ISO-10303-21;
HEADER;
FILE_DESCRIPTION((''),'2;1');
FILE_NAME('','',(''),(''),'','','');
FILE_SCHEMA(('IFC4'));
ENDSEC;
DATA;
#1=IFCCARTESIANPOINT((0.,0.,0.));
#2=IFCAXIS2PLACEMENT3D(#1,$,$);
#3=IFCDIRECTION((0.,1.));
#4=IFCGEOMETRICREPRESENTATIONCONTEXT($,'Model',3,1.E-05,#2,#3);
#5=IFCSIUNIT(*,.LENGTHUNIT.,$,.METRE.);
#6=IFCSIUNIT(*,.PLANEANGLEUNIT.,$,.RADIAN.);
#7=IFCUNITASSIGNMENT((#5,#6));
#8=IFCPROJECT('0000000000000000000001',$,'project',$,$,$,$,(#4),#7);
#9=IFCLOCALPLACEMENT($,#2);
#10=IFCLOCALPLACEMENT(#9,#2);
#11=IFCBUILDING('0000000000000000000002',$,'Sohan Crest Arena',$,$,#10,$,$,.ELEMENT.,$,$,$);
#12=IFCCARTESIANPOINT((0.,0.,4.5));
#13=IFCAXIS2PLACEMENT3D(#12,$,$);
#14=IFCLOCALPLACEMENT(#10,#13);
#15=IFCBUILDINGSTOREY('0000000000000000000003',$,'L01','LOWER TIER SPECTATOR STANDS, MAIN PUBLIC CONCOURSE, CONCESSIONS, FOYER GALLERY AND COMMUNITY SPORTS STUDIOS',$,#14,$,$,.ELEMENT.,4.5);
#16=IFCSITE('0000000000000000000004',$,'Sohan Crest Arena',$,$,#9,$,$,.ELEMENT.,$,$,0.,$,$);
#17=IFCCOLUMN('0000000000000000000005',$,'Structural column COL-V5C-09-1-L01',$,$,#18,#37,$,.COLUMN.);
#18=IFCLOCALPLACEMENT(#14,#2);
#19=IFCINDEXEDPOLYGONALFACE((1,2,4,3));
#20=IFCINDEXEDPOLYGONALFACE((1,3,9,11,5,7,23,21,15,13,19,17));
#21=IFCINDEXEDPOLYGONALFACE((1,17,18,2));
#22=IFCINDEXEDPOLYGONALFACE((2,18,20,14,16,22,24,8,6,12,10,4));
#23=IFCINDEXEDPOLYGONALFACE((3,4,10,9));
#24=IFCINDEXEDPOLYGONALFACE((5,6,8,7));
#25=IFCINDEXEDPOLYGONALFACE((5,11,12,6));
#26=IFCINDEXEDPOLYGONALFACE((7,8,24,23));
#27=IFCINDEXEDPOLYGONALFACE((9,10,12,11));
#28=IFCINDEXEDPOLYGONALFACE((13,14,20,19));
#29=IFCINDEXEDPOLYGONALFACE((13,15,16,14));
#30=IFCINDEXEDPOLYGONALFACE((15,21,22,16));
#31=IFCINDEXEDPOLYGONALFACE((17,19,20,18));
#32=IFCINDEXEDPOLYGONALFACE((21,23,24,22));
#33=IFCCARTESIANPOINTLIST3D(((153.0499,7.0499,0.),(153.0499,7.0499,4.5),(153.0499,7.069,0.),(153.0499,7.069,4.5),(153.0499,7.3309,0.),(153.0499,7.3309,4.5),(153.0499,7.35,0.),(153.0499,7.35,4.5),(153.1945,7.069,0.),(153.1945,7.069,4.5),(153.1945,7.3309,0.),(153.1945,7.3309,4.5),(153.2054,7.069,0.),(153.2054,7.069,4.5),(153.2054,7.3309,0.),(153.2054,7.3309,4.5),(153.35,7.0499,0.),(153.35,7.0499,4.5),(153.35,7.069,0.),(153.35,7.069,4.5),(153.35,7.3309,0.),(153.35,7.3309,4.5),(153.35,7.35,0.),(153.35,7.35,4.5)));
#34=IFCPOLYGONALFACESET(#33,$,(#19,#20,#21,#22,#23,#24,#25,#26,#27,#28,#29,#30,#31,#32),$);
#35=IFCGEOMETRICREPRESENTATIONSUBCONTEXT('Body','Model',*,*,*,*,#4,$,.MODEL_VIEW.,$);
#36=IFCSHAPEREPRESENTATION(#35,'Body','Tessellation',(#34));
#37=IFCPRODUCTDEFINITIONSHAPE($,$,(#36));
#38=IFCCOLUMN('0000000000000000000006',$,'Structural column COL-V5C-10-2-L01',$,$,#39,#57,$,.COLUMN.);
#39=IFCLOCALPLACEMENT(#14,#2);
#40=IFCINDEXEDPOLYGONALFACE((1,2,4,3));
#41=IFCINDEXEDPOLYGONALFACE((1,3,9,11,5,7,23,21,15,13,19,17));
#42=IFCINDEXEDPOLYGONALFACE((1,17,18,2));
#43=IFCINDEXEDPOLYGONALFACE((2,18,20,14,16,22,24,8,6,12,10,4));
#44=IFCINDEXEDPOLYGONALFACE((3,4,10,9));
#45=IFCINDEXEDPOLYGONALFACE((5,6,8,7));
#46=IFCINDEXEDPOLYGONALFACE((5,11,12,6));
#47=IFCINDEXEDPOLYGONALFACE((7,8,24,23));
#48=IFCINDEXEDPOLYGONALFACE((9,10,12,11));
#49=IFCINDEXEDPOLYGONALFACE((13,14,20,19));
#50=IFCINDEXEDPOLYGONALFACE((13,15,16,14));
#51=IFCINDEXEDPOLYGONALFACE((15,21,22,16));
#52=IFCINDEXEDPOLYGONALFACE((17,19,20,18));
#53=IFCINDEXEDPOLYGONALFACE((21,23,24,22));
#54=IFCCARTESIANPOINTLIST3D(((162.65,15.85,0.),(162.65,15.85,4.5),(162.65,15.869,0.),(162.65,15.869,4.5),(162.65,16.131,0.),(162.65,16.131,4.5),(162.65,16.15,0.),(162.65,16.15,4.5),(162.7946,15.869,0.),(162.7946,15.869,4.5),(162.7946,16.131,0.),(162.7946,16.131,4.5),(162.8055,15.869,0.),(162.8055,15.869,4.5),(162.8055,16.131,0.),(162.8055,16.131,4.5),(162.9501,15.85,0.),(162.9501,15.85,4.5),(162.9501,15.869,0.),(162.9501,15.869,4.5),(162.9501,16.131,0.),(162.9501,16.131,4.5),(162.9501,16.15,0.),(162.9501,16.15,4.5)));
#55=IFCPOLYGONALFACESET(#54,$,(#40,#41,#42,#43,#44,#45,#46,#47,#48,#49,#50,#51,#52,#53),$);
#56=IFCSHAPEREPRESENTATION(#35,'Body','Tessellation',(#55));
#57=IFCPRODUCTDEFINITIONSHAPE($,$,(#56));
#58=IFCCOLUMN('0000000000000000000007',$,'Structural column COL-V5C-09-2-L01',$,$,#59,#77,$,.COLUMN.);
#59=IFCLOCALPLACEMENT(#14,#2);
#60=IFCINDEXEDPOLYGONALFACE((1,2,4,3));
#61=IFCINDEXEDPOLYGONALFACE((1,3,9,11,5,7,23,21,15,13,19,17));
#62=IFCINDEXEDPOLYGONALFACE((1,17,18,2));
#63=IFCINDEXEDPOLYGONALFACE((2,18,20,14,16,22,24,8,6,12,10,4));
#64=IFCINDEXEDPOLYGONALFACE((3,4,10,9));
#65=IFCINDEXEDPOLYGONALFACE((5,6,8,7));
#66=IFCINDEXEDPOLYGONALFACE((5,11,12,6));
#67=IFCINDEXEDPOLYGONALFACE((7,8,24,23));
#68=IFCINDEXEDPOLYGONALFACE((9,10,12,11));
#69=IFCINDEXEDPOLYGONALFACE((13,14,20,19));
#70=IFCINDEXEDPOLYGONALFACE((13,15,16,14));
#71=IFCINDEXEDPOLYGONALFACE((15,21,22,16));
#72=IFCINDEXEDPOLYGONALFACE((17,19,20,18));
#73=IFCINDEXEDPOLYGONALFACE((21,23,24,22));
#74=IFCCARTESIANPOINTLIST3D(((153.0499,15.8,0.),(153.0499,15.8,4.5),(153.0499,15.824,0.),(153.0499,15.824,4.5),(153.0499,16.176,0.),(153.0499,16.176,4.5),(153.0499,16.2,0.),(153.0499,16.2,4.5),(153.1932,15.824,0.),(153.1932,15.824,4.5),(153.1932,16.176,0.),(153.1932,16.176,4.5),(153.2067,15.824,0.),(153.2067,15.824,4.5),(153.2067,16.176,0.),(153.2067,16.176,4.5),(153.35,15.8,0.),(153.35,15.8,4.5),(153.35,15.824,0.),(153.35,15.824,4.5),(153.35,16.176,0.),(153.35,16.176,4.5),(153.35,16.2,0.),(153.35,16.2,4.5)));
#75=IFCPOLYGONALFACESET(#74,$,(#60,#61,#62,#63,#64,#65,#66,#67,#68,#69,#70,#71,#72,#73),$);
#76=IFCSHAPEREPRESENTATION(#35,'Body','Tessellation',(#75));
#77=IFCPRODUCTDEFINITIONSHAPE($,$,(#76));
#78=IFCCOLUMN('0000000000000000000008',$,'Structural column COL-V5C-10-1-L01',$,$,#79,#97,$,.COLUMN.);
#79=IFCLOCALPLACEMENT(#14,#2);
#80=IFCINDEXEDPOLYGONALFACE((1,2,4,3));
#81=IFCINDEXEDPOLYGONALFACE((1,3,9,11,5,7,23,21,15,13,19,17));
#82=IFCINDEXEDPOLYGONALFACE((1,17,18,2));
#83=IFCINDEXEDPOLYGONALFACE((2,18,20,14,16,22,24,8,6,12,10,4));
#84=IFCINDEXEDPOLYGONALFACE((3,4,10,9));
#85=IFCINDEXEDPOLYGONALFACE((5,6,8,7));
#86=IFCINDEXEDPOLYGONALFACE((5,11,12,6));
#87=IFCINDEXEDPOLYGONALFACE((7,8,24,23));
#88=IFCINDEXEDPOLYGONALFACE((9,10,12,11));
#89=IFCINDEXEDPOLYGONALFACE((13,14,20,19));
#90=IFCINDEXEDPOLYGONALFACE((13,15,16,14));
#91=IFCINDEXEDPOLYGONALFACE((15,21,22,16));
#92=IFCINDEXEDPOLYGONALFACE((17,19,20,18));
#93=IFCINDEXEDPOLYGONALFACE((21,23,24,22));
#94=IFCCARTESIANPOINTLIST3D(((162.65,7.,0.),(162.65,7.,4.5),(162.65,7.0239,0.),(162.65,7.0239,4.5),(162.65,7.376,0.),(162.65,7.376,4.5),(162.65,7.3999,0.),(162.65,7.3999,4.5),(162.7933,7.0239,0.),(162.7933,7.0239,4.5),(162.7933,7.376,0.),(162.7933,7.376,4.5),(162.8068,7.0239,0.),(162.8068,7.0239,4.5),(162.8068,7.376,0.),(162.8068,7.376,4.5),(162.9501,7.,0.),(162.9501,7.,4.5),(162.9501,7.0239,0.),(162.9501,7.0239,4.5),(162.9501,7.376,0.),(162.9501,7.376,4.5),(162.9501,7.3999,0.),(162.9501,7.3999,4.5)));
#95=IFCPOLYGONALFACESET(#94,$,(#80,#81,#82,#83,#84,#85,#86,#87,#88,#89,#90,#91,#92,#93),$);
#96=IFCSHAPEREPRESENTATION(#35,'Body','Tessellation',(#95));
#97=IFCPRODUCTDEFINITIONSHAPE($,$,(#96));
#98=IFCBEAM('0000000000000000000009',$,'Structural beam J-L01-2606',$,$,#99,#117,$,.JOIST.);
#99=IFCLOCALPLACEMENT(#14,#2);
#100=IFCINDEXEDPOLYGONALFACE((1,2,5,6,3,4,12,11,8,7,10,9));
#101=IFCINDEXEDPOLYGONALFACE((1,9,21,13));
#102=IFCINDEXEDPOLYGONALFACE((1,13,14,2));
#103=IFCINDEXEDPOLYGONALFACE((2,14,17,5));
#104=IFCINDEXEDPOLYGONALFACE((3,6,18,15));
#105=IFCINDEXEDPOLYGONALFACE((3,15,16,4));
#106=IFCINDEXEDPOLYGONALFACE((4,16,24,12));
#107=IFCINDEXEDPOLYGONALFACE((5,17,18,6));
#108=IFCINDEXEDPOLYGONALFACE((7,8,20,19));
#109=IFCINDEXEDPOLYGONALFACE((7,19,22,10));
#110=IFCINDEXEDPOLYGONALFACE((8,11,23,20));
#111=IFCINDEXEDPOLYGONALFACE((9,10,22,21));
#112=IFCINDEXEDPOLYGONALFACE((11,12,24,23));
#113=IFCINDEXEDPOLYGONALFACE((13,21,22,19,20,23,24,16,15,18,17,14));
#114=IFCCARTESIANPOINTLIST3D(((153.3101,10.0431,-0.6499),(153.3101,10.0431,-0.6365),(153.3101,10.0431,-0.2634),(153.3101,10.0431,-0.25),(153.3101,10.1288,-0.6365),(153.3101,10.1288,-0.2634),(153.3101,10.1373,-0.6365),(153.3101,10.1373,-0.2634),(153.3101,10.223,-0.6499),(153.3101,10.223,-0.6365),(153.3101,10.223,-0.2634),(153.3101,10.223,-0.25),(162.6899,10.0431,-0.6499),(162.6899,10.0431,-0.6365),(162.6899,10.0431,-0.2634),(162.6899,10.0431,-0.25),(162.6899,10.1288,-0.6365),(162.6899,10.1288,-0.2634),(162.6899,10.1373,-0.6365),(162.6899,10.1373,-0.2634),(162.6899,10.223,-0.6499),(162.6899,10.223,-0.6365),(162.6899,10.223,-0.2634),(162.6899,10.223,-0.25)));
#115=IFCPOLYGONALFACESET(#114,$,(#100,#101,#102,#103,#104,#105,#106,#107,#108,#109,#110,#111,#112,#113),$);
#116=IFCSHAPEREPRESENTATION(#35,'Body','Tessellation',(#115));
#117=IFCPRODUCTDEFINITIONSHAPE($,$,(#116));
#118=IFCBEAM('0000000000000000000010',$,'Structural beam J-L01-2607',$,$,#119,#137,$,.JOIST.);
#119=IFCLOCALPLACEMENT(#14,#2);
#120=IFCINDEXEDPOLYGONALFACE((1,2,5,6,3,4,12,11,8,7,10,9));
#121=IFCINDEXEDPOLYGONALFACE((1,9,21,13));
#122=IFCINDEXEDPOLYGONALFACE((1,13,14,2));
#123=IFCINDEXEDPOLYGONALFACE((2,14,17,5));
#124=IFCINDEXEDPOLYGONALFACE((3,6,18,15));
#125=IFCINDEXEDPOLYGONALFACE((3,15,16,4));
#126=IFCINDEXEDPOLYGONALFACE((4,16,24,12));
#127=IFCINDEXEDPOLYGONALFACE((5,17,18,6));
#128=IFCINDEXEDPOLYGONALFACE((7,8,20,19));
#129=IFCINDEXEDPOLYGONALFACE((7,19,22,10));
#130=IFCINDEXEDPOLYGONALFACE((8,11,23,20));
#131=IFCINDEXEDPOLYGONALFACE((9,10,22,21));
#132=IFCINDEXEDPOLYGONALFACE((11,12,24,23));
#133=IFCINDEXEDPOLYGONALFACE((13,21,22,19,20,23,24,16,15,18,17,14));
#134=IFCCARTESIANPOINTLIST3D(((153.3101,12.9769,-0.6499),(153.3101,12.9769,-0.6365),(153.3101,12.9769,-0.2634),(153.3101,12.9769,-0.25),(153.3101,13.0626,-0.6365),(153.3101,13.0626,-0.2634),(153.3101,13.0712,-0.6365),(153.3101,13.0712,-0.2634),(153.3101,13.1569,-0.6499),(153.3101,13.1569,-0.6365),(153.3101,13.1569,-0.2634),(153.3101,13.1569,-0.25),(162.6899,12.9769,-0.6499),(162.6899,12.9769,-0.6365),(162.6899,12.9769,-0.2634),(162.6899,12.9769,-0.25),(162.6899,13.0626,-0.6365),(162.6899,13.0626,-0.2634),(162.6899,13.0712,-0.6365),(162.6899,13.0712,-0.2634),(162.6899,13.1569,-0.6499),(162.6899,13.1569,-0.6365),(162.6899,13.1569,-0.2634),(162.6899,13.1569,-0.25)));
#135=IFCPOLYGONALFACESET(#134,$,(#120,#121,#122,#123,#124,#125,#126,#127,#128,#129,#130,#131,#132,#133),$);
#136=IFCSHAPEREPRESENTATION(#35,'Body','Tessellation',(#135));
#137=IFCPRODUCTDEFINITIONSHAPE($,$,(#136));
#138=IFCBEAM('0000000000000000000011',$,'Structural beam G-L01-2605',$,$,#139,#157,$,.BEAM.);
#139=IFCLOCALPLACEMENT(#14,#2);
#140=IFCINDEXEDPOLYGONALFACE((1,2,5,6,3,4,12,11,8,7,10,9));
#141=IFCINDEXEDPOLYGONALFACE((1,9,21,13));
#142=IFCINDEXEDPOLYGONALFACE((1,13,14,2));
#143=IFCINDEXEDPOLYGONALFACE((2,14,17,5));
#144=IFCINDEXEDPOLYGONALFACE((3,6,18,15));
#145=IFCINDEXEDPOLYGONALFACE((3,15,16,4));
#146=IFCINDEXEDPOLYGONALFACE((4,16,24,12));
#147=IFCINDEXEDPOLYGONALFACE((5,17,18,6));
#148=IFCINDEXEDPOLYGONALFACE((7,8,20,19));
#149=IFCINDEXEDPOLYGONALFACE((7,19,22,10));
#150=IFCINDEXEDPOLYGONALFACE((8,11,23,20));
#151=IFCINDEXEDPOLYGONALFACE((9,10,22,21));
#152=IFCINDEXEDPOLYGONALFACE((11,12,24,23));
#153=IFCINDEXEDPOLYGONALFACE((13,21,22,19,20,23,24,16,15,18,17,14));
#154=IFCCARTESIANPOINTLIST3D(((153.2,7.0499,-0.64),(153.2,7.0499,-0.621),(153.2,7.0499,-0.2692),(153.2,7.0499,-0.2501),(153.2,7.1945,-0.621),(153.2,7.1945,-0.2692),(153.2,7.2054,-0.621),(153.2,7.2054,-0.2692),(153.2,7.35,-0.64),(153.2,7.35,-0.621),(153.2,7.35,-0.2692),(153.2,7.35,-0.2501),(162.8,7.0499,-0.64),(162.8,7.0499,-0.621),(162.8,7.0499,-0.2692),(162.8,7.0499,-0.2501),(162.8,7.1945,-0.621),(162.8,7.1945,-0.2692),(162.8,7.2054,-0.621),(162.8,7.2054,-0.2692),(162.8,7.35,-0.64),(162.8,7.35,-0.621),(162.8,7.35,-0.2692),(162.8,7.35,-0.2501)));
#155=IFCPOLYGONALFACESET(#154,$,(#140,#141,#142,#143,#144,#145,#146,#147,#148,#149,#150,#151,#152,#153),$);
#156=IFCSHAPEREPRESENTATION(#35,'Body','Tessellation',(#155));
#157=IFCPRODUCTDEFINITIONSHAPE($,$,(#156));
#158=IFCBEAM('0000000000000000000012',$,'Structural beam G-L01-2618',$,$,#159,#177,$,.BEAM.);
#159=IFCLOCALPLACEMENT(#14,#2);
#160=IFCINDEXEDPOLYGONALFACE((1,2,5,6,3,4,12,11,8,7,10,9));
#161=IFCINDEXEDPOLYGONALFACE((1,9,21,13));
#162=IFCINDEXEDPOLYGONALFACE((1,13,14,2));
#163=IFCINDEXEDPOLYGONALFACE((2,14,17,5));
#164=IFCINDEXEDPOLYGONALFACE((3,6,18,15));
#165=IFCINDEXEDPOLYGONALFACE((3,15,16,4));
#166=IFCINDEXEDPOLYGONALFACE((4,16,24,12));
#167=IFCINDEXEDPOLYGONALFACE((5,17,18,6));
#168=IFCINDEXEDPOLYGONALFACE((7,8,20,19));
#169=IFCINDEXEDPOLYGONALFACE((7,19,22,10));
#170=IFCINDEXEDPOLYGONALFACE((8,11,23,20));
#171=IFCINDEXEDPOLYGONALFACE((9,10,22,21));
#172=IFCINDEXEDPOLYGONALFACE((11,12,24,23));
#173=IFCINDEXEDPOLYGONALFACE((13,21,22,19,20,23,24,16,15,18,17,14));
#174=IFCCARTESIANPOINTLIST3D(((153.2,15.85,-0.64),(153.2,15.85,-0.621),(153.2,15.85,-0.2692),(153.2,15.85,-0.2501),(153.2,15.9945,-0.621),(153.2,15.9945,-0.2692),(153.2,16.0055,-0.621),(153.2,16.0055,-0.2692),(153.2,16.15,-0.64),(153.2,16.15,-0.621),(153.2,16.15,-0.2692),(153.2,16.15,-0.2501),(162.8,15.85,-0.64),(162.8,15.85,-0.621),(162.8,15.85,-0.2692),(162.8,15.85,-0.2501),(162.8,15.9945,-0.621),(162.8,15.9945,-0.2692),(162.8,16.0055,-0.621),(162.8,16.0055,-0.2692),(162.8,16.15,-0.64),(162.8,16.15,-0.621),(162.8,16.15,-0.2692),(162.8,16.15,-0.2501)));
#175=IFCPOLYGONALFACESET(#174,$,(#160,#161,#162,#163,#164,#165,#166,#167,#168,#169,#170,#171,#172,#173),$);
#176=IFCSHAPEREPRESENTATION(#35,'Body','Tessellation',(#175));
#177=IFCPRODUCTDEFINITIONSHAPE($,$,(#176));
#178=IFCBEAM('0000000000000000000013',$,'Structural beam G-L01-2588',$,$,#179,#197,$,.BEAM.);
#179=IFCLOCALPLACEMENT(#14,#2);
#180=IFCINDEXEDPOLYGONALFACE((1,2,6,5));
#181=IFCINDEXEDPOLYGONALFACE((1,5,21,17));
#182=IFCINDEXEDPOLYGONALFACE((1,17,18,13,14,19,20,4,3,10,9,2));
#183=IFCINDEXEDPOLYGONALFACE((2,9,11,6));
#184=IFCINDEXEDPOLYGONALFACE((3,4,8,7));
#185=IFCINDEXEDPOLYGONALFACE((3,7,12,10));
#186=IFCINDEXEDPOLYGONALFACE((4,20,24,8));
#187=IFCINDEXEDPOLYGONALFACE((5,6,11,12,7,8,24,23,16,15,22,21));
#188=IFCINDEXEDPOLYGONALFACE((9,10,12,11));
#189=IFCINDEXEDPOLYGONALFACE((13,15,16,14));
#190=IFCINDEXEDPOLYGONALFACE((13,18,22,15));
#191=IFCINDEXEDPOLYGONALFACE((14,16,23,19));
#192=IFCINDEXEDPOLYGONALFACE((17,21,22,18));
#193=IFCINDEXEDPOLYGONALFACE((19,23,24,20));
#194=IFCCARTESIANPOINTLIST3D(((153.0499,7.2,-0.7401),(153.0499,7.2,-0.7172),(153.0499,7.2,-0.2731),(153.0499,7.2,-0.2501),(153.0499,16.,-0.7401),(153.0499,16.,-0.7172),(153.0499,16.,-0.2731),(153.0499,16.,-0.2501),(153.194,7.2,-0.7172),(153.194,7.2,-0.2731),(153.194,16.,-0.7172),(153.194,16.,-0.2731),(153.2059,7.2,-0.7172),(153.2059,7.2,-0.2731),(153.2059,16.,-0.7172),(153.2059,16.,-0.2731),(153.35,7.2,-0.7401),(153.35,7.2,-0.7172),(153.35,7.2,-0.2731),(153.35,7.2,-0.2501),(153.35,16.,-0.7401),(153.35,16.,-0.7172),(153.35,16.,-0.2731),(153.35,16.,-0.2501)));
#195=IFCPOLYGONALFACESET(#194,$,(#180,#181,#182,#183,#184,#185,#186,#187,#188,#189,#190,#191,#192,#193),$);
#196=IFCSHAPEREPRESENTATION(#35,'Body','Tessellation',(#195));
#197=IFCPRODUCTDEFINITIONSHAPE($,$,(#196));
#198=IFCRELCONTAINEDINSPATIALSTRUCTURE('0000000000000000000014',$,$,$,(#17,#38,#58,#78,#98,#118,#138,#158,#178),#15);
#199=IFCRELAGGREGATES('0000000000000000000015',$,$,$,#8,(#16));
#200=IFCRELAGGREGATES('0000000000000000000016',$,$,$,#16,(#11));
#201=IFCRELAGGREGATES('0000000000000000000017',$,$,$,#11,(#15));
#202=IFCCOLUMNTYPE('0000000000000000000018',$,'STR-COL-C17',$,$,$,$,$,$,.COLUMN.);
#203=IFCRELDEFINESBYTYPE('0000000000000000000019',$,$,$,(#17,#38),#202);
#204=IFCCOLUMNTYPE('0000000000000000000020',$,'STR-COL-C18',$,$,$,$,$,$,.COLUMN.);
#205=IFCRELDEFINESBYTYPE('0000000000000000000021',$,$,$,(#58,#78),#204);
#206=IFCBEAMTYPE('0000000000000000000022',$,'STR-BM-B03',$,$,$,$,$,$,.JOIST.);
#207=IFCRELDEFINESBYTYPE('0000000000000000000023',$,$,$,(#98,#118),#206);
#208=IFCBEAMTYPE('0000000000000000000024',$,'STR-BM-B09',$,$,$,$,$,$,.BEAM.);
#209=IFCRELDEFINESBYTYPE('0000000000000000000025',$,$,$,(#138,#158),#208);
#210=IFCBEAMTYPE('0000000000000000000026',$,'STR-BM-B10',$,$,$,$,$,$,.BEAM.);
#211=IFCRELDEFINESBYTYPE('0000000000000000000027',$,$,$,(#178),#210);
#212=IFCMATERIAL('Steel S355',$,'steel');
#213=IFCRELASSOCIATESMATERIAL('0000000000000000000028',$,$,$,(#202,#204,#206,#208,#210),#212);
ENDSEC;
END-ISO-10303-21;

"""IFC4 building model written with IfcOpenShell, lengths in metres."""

from ifc_helpers import new_model, si_unit, direction, frame, origin, origin_2d, place, context, subcontext, project, spatial, i_section, extrude, material, material_profile, profile_set, type_object, element, save


model = new_model("IFC4")

# Units and contexts
model_context = context("Model", 3, precision=1e-05, world=origin(), true_north=direction((0.0, 1.0)))
body_context = subcontext(model_context, "Body", "Model", "MODEL_VIEW")
ifc_project = project(units=[si_unit("LENGTHUNIT", "METRE"), si_unit("PLANEANGLEUNIT", "RADIAN")], contexts=[model_context])

# Site, building, storey
site_placement = place(None, origin())
site = spatial("IfcSite", under=ifc_project, at=site_placement, Name="Sohan Crest Arena", CompositionType="ELEMENT", RefElevation=0.0)
building_placement = place(site_placement, origin())
building = spatial("IfcBuilding", under=site, at=building_placement, Name="Sohan Crest Arena", CompositionType="ELEMENT")
storey_placement = place(building_placement, frame((0.0, 0.0, 4.5)))
storey = spatial("IfcBuildingStorey", under=building, at=storey_placement, Name="L01", Description="LOWER TIER SPECTATOR STANDS, MAIN PUBLIC CONCOURSE, CONCESSIONS, FOYER GALLERY AND COMMUNITY SPORTS STUDIOS", CompositionType="ELEMENT", Elevation=4.5)

# Columns
ifc_material_1 = material(Name="Steel S355", Category="steel")
ifc_material_profile_1 = material_profile(ifc_material_1, i_section(OverallWidth=0.3, OverallDepth=0.3, WebThickness=0.011, FlangeThickness=0.019, at=origin_2d()), Name="HEB 300")
ifc_profile_set_1 = profile_set([ifc_material_profile_1], Name="Steel S355")
column_type_1 = type_object("IfcColumnType", Name="STR-COL-C17", PredefinedType="COLUMN", material=ifc_profile_set_1)
for number, where, z_axis, x_axis, name in (
    (1, (153.2, 7.2, 0.0), (0.0, 0.0, 1.0), (1.0, 0.0, 0.0), "Structural column COL-V5C-09-1-L01"),
    (2, (162.8, 16.0, 0.0), (0.0, 0.0, 1.0), (1.0, 0.0, 0.0), "Structural column COL-V5C-10-2-L01"),
):
    element("IfcColumn", number, at=place(storey_placement, frame(where, z_axis=z_axis, x_axis=x_axis)), inside=storey, type_object=column_type_1, Name=name, PredefinedType="COLUMN", context=body_context, shape_type="SweptSolid", body=[
        extrude(i_section(OverallWidth=0.3, OverallDepth=0.3, WebThickness=0.011, FlangeThickness=0.019, at=origin_2d()), origin(), (0.0, 0.0, 1.0), 4.5),
    ])
ifc_material_profile_2 = material_profile(ifc_material_1, i_section(OverallWidth=0.3, OverallDepth=0.3999, WebThickness=0.0134, FlangeThickness=0.0239, at=origin_2d()), Name="HEB 400")
ifc_profile_set_2 = profile_set([ifc_material_profile_2], Name="Steel S355")
column_type_2 = type_object("IfcColumnType", Name="STR-COL-C18", PredefinedType="COLUMN", material=ifc_profile_set_2)
for number, where, z_axis, x_axis, name in (
    (3, (153.2, 16.0, 0.0), (0.0, 0.0, 1.0), (1.0, 0.0, 0.0), "Structural column COL-V5C-09-2-L01"),
    (4, (162.8, 7.2, 0.0), (0.0, 0.0, 1.0), (1.0, 0.0, 0.0), "Structural column COL-V5C-10-1-L01"),
):
    element("IfcColumn", number, at=place(storey_placement, frame(where, z_axis=z_axis, x_axis=x_axis)), inside=storey, type_object=column_type_2, Name=name, PredefinedType="COLUMN", context=body_context, shape_type="SweptSolid", body=[
        extrude(i_section(OverallWidth=0.3, OverallDepth=0.3999, WebThickness=0.0134, FlangeThickness=0.0239, at=origin_2d()), origin(), (0.0, 0.0, 1.0), 4.5),
    ])

# Beams
ifc_material_profile_3 = material_profile(ifc_material_1, i_section(OverallWidth=0.1799, OverallDepth=0.3999, WebThickness=0.0085, FlangeThickness=0.0134, at=origin_2d()), Name="IPE 400")
ifc_profile_set_3 = profile_set([ifc_material_profile_3], Name="Steel S355")
beam_type_1 = type_object("IfcBeamType", Name="STR-BM-B03", PredefinedType="JOIST", material=ifc_profile_set_3)
for number, where, z_axis, x_axis, name in (
    (5, (153.3101, 10.1331, -0.45), (1.0, 0.0, 0.0), (0.0, 1.0, 0.0), "Structural beam J-L01-2606"),
    (6, (153.3101, 13.0669, -0.45), (1.0, 0.0, 0.0), (0.0, 1.0, 0.0), "Structural beam J-L01-2607"),
):
    element("IfcBeam", number, at=place(storey_placement, frame(where, z_axis=z_axis, x_axis=x_axis)), inside=storey, type_object=beam_type_1, Name=name, PredefinedType="JOIST", context=body_context, shape_type="SweptSolid", body=[
        extrude(i_section(OverallWidth=0.1799, OverallDepth=0.3999, WebThickness=0.0085, FlangeThickness=0.0134, at=origin_2d()), origin(), (0.0, 0.0, 1.0), 9.3799),
    ])
ifc_material_profile_4 = material_profile(ifc_material_1, i_section(OverallWidth=0.3, OverallDepth=0.3899, WebThickness=0.011, FlangeThickness=0.019, at=origin_2d()), Name="HEA 400")
ifc_profile_set_4 = profile_set([ifc_material_profile_4], Name="Steel S355")
beam_type_2 = type_object("IfcBeamType", Name="STR-BM-B09", PredefinedType="BEAM", material=ifc_profile_set_4)
for number, where, z_axis, x_axis, name in (
    (7, (153.2, 7.2, -0.4451), (1.0, 0.0, 0.0), (0.0, 1.0, 0.0), "Structural beam G-L01-2605"),
    (8, (153.2, 16.0, -0.4451), (1.0, 0.0, 0.0), (0.0, 1.0, 0.0), "Structural beam G-L01-2618"),
):
    element("IfcBeam", number, at=place(storey_placement, frame(where, z_axis=z_axis, x_axis=x_axis)), inside=storey, type_object=beam_type_2, Name=name, PredefinedType="BEAM", context=body_context, shape_type="SweptSolid", body=[
        extrude(i_section(OverallWidth=0.3, OverallDepth=0.3899, WebThickness=0.011, FlangeThickness=0.019, at=origin_2d()), origin(), (0.0, 0.0, 1.0), 9.6001),
    ])
ifc_material_profile_5 = material_profile(ifc_material_1, i_section(OverallWidth=0.3, OverallDepth=0.49, WebThickness=0.012, FlangeThickness=0.0229, at=origin_2d()), Name="HEA 500")
ifc_profile_set_5 = profile_set([ifc_material_profile_5], Name="Steel S355")
beam_type_3 = type_object("IfcBeamType", Name="STR-BM-B10", PredefinedType="BEAM", material=ifc_profile_set_5)
beam_1_placement = place(storey_placement, frame((153.2, 7.2, -0.4951), z_axis=(0.0, 1.0, 0.0), x_axis=(-1.0, 0.0, 0.0)))
element("IfcBeam", 9, at=beam_1_placement, inside=storey, type_object=beam_type_3, Name="Structural beam G-L01-2588", PredefinedType="BEAM", context=body_context, shape_type="SweptSolid", body=[
    extrude(i_section(OverallWidth=0.3, OverallDepth=0.49, WebThickness=0.012, FlangeThickness=0.0229, at=origin_2d()), origin(), (0.0, 0.0, 1.0), 8.8),
])

save(model, "model.ifc")
